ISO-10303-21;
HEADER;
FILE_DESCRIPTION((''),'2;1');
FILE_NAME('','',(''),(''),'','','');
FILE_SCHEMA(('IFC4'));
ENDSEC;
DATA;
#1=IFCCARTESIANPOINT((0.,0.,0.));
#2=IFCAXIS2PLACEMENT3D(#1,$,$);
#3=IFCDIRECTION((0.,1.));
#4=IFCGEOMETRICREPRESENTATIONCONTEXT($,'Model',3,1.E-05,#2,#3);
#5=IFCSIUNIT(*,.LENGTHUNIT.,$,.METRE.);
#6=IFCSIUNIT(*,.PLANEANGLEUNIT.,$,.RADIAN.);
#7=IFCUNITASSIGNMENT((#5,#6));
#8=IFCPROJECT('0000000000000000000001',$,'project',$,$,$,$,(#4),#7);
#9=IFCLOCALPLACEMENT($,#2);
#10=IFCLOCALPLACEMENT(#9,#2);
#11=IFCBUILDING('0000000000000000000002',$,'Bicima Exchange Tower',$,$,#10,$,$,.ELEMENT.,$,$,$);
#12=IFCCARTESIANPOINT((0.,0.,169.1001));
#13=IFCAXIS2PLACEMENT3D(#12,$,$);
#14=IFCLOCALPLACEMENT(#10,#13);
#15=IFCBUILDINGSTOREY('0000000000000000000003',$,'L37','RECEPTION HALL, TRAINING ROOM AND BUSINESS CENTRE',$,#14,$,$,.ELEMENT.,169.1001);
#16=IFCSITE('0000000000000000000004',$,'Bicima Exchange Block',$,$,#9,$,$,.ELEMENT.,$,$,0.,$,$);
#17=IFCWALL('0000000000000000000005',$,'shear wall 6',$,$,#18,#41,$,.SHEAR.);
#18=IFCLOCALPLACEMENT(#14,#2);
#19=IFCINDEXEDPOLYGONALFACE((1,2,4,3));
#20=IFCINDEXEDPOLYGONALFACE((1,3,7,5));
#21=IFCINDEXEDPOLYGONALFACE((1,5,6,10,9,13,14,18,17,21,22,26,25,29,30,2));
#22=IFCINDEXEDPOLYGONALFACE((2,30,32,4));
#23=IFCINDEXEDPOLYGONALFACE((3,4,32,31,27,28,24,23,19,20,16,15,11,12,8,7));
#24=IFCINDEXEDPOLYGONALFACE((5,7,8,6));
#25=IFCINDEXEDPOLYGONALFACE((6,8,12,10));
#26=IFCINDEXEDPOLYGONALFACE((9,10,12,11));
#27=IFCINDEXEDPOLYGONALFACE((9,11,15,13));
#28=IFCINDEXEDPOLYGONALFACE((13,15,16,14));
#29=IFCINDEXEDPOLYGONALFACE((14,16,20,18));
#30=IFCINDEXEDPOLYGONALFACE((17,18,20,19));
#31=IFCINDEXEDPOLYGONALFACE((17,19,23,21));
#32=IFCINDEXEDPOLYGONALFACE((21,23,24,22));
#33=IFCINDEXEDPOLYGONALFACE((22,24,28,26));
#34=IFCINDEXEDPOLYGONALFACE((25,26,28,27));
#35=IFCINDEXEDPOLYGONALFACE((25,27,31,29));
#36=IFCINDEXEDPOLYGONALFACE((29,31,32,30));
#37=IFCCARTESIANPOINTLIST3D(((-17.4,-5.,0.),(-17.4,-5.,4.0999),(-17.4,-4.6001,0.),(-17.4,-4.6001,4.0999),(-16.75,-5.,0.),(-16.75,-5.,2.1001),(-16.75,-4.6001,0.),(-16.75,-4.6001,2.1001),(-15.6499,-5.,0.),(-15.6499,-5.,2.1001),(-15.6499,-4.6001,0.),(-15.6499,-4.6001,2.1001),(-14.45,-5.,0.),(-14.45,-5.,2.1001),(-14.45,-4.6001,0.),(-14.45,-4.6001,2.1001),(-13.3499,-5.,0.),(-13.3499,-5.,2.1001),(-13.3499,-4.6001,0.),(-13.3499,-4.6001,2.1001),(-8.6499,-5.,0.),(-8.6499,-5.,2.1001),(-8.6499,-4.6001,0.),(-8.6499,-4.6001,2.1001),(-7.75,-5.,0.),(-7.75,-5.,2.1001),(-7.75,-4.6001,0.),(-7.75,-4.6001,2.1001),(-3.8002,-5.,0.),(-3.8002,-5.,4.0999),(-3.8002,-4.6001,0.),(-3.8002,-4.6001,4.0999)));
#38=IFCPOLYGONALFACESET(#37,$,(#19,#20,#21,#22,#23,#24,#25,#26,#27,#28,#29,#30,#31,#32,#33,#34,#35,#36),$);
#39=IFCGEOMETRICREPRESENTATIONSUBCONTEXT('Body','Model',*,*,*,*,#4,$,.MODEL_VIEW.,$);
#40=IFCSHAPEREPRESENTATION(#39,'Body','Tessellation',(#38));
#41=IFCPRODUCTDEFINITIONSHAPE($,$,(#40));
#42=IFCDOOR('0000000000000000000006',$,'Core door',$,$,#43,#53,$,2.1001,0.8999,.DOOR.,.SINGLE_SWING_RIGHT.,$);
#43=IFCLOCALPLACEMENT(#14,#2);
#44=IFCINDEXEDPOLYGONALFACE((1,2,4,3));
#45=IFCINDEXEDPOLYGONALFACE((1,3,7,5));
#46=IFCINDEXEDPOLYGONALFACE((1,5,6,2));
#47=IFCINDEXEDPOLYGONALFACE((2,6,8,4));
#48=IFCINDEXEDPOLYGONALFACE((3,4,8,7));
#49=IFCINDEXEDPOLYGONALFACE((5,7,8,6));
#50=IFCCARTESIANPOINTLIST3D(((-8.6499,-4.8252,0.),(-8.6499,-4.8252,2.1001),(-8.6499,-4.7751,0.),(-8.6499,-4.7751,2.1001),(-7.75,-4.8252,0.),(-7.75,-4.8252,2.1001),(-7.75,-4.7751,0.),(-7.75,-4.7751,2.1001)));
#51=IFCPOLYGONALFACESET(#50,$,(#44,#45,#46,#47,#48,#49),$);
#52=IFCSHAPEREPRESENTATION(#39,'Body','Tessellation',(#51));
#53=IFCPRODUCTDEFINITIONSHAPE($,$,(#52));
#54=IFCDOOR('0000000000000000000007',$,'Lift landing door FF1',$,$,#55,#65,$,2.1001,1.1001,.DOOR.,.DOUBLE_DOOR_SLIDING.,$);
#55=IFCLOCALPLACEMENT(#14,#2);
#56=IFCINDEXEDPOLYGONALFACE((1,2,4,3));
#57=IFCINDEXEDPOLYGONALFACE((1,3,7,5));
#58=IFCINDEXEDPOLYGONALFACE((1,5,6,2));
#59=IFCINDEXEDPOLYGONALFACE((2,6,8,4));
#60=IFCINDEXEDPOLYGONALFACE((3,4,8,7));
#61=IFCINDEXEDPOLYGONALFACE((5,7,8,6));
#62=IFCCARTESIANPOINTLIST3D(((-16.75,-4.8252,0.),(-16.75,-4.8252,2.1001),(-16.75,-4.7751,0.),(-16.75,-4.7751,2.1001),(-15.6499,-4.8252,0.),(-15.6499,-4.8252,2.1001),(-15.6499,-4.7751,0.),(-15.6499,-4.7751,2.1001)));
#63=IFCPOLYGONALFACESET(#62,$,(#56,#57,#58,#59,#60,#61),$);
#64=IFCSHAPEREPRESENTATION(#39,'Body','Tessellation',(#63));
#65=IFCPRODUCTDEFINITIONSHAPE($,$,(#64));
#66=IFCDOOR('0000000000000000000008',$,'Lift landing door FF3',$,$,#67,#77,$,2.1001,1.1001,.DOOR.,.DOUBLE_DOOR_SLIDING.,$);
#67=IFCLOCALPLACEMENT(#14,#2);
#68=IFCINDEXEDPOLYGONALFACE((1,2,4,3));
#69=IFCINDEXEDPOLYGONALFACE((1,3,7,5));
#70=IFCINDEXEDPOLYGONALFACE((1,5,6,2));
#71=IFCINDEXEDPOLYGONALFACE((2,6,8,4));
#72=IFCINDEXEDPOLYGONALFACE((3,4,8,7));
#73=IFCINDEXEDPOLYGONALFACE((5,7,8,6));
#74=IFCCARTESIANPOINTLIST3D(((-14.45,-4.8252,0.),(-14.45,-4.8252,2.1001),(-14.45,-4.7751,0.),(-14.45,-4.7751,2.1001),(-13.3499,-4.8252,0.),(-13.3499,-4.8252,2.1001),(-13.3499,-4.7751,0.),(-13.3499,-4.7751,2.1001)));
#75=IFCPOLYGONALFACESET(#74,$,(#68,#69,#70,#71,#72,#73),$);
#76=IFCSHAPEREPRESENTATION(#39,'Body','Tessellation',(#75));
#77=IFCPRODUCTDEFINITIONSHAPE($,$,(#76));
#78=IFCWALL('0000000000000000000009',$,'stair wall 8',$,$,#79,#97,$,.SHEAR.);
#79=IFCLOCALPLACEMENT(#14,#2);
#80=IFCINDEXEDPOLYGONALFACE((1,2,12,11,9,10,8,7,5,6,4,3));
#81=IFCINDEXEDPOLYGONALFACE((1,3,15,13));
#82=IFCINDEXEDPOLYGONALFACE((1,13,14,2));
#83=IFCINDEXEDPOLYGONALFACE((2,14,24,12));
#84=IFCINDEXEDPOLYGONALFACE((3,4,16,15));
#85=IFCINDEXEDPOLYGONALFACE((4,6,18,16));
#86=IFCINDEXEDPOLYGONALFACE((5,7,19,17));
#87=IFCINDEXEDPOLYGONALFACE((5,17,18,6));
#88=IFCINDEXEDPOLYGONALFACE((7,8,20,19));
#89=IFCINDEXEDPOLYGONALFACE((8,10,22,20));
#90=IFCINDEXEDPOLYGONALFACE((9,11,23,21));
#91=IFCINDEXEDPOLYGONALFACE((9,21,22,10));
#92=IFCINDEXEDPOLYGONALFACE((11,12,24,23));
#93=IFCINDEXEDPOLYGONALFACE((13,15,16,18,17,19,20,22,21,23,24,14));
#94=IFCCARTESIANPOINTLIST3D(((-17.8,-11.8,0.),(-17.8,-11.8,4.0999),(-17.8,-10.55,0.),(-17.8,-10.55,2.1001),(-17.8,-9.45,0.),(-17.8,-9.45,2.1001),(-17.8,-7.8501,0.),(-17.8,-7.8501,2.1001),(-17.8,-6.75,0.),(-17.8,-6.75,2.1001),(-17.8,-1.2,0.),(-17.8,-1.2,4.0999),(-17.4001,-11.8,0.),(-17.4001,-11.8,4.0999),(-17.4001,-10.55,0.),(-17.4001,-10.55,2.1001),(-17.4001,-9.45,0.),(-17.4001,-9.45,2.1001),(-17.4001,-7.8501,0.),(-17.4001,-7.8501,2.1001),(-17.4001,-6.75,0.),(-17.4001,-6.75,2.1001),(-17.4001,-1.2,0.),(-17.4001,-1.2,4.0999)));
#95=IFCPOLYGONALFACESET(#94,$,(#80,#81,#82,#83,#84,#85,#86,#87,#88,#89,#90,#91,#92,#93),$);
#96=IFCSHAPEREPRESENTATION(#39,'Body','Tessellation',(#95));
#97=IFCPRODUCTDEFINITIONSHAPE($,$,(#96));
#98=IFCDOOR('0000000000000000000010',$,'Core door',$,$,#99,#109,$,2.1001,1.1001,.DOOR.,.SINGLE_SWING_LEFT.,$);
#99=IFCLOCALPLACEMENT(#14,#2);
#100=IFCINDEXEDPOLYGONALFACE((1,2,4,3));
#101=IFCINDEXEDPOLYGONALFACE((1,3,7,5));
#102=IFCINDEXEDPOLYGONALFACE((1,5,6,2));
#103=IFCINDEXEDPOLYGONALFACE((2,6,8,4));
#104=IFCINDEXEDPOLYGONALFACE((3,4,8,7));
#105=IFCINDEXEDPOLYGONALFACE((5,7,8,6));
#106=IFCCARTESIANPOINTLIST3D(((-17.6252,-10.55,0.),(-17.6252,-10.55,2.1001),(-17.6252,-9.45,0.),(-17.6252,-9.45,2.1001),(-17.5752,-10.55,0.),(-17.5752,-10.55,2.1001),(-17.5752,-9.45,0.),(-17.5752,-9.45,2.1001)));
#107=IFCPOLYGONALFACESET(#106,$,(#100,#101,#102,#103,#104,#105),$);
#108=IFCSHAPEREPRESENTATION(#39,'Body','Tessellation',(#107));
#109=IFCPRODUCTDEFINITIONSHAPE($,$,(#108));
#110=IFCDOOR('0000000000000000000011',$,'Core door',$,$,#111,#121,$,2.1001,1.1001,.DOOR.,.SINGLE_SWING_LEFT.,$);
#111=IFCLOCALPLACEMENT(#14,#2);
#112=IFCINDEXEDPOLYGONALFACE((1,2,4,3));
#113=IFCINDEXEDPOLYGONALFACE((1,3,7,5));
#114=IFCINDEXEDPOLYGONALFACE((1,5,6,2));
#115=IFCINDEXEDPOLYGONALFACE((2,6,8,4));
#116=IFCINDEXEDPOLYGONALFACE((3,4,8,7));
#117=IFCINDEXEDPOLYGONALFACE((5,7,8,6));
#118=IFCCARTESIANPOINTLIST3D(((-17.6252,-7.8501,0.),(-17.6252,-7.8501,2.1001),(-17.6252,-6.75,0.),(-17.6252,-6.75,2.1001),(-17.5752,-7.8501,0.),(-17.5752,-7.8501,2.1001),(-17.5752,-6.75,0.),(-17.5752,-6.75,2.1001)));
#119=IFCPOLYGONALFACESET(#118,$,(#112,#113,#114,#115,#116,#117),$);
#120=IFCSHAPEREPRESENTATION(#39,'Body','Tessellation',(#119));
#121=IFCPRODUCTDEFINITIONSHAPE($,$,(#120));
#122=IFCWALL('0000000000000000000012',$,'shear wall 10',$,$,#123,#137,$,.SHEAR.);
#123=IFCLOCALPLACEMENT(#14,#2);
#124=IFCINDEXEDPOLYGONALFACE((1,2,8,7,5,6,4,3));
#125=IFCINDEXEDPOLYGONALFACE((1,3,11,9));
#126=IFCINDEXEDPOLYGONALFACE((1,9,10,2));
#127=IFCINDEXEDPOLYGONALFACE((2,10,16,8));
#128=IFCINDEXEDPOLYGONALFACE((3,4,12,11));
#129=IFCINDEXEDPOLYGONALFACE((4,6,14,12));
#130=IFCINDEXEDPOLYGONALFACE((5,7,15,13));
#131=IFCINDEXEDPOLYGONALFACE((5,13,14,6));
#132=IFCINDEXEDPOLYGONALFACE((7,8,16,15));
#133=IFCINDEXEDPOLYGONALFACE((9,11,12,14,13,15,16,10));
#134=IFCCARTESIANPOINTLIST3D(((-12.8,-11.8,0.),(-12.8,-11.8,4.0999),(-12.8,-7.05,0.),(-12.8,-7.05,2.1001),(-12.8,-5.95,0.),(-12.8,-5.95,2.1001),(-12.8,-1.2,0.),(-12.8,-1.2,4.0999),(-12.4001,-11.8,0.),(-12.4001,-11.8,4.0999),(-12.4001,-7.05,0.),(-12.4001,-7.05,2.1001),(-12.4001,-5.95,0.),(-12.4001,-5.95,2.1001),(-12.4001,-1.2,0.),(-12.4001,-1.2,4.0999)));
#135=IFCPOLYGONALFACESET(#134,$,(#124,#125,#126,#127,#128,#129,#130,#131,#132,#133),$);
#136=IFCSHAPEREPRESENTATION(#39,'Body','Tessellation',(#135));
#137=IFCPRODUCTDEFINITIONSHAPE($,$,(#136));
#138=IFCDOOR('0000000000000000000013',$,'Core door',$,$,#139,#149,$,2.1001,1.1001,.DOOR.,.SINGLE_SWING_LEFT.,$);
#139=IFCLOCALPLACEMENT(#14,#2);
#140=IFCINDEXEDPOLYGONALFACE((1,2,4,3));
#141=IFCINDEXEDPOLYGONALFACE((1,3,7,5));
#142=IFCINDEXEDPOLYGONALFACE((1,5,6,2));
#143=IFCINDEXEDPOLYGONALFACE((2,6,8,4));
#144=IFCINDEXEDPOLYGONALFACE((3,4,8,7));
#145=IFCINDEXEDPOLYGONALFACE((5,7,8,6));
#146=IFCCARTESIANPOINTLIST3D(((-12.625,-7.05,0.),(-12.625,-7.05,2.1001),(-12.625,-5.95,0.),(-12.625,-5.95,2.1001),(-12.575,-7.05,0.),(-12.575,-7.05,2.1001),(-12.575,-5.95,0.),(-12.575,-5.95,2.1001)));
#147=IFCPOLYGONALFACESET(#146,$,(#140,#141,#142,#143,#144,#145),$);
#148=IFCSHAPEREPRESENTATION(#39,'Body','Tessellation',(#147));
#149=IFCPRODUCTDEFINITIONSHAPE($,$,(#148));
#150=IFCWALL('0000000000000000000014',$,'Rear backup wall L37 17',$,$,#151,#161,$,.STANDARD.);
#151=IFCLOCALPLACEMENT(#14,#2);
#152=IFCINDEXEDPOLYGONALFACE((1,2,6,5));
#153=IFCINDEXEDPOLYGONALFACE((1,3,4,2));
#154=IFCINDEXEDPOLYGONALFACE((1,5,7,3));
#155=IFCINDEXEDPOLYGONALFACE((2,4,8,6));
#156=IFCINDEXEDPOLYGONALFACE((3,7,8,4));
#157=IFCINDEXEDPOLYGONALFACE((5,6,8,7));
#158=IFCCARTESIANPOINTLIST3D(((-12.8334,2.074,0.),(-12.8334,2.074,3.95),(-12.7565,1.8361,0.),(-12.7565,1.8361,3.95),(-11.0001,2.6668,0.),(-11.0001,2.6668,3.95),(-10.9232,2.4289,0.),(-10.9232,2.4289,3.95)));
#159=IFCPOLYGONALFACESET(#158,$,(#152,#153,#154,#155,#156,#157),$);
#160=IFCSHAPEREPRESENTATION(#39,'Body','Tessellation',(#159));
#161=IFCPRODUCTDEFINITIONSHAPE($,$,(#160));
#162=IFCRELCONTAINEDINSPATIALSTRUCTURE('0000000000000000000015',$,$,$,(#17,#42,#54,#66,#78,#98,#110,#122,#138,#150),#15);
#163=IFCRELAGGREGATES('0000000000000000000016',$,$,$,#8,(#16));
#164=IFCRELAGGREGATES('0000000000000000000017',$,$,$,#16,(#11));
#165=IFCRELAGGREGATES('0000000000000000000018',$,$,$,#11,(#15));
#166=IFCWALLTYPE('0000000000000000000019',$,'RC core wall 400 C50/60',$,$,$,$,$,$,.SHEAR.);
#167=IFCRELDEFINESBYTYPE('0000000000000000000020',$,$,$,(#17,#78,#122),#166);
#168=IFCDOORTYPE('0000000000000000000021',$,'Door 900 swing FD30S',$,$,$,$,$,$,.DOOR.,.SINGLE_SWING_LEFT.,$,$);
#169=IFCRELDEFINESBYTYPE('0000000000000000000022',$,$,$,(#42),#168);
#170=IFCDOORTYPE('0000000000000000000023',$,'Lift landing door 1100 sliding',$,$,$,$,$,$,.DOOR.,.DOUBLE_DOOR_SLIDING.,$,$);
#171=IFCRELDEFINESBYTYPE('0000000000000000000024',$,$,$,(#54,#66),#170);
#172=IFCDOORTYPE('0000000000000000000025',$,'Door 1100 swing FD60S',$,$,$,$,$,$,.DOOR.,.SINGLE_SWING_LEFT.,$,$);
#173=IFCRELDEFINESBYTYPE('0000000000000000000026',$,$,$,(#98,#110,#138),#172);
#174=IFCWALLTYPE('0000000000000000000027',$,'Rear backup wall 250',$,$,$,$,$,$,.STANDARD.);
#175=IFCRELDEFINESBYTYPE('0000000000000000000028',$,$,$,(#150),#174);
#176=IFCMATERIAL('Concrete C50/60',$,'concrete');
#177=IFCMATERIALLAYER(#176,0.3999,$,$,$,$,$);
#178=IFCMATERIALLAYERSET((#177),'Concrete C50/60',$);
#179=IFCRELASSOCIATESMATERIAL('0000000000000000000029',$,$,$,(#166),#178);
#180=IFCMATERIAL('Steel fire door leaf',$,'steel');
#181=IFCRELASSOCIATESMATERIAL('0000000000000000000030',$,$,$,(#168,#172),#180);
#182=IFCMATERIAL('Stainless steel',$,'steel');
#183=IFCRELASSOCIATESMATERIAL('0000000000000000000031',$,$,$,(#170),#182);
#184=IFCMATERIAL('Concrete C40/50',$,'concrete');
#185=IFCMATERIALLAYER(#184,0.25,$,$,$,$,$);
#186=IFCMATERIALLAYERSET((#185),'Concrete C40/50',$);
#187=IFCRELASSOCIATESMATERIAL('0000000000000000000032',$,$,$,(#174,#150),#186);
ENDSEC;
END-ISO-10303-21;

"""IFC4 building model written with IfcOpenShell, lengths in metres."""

from ifc_helpers import new_model, si_unit, direction, frame, frame_2d, origin, place, context, subcontext, project, spatial, rectangle, extrude, material, layer, layer_set, layer_usage, type_object, element, fill, save


model = new_model("IFC4")

# Units and contexts
model_context = context("Model", 3, precision=1e-05, world=origin(), true_north=direction((0.0, 1.0)))
body_context = subcontext(model_context, "Body", "Model", "MODEL_VIEW")
ifc_project = project(units=[si_unit("LENGTHUNIT", "METRE"), si_unit("PLANEANGLEUNIT", "RADIAN")], contexts=[model_context])

# Site, building, storey
site_placement = place(None, origin())
site = spatial("IfcSite", under=ifc_project, at=site_placement, Name="Bicima Exchange Block", CompositionType="ELEMENT", RefElevation=0.0)
building_placement = place(site_placement, origin())
building = spatial("IfcBuilding", under=site, at=building_placement, Name="Bicima Exchange Tower", CompositionType="ELEMENT")
storey_placement = place(building_placement, frame((0.0, 0.0, 169.1001)))
storey = spatial("IfcBuildingStorey", under=building, at=storey_placement, Name="L37", Description="RECEPTION HALL, TRAINING ROOM AND BUSINESS CENTRE", CompositionType="ELEMENT", Elevation=169.1001)

# Walls, openings, doors
ifc_material_1 = material(Name="Concrete C50/60", Category="concrete")
ifc_layer_1 = layer(ifc_material_1, 0.3999)
ifc_layer_set_1 = layer_set([ifc_layer_1], Name="Concrete C50/60")
wall_type_1 = type_object("IfcWallType", Name="RC core wall 400 C50/60", PredefinedType="SHEAR", material=ifc_layer_set_1)
ifc_material_2 = material(Name="Steel fire door leaf", Category="steel")
door_type_1 = type_object("IfcDoorType", Name="Door 900 swing FD30S", OperationType="SINGLE_SWING_LEFT", PredefinedType="DOOR", material=ifc_material_2)
ifc_material_3 = material(Name="Stainless steel", Category="steel")
wall_1_placement = place(storey_placement, frame((-17.3999, -4.8, 0.0), z_axis=(0.0, 0.0, 1.0), x_axis=(1.0, 0.0, 0.0)))
wall_1 = element("IfcWall", 1, at=wall_1_placement, inside=storey, type_object=wall_type_1, Name="shear wall 6", PredefinedType="SHEAR", context=body_context, shape_type="SweptSolid", body=[
    extrude(rectangle(XDim=13.5999, YDim=0.3999, at=frame_2d((6.7998, 0.0))), origin(), (0.0, 0.0, 1.0), 4.0999),
])
opening_1_placement = place(wall_1_placement, frame((0.6499, 0.0, 0.0)))
opening_1 = element("IfcOpeningElement", 2, at=opening_1_placement, cuts=wall_1, PredefinedType="OPENING", context=body_context, shape_type="SweptSolid", body=[
    extrude(rectangle(XDim=1.1001, YDim=2.1001, at=frame_2d((0.55, 1.05))), frame((0.0, 0.2119, 0.0), z_axis=(0.0, -1.0, 0.0), x_axis=(1.0, 0.0, 0.0)), (0.0, 0.0, 1.0), 0.4238),
])
opening_2_placement = place(wall_1_placement, frame((2.95, 0.0, 0.0)))
opening_2 = element("IfcOpeningElement", 3, at=opening_2_placement, cuts=wall_1, PredefinedType="OPENING", context=body_context, shape_type="SweptSolid", body=[
    extrude(rectangle(XDim=1.1001, YDim=2.1001, at=frame_2d((0.55, 1.05))), frame((0.0, 0.2119, 0.0), z_axis=(0.0, -1.0, 0.0), x_axis=(1.0, 0.0, 0.0)), (0.0, 0.0, 1.0), 0.4238),
])
opening_3_placement = place(wall_1_placement, frame((8.75, 0.0, 0.0)))
opening_3 = element("IfcOpeningElement", 4, at=opening_3_placement, cuts=wall_1, PredefinedType="OPENING", context=body_context, shape_type="SweptSolid", body=[
    extrude(rectangle(XDim=0.8999, YDim=2.1001, at=frame_2d((0.45, 1.05))), frame((0.0, 0.2119, 0.0), z_axis=(0.0, -1.0, 0.0), x_axis=(1.0, 0.0, 0.0)), (0.0, 0.0, 1.0), 0.4238),
])
door_1_placement = place(opening_3_placement, origin())
door_1 = element("IfcDoor", 5, at=door_1_placement, inside=storey, type_object=door_type_1, Name="Core door", OperationType="SINGLE_SWING_RIGHT", OverallHeight=2.1001, OverallWidth=0.8999, PredefinedType="DOOR", context=body_context, shape_type="SweptSolid", body=[
    extrude(rectangle(XDim=0.8999, YDim=2.1001, at=frame_2d((0.45, 1.05))), frame((0.0, 0.0249, 0.0), z_axis=(0.0, -1.0, 0.0), x_axis=(1.0, 0.0, 0.0)), (0.0, 0.0, 1.0), 0.05),
])
fill(opening_3, door_1)
door_type_2 = type_object("IfcDoorType", Name="Lift landing door 1100 sliding", OperationType="DOUBLE_DOOR_SLIDING", PredefinedType="DOOR", material=ifc_material_3)
door_2_placement = place(opening_1_placement, origin())
door_2 = element("IfcDoor", 6, at=door_2_placement, inside=storey, type_object=door_type_2, Name="Lift landing door FF1", OperationType="DOUBLE_DOOR_SLIDING", OverallHeight=2.1001, OverallWidth=1.1001, PredefinedType="DOOR", context=body_context, shape_type="SweptSolid", body=[
    extrude(rectangle(XDim=1.1001, YDim=2.1001, at=frame_2d((0.55, 1.05))), frame((0.0, 0.0249, 0.0), z_axis=(0.0, -1.0, 0.0), x_axis=(1.0, 0.0, 0.0)), (0.0, 0.0, 1.0), 0.05),
])
fill(opening_1, door_2)
door_3_placement = place(opening_2_placement, origin())
door_3 = element("IfcDoor", 7, at=door_3_placement, inside=storey, type_object=door_type_2, Name="Lift landing door FF3", OperationType="DOUBLE_DOOR_SLIDING", OverallHeight=2.1001, OverallWidth=1.1001, PredefinedType="DOOR", context=body_context, shape_type="SweptSolid", body=[
    extrude(rectangle(XDim=1.1001, YDim=2.1001, at=frame_2d((0.55, 1.05))), frame((0.0, 0.0249, 0.0), z_axis=(0.0, -1.0, 0.0), x_axis=(1.0, 0.0, 0.0)), (0.0, 0.0, 1.0), 0.05),
])
fill(opening_2, door_3)
wall_2_placement = place(storey_placement, frame((-17.6001, -11.8, 0.0), z_axis=(0.0, 0.0, 1.0), x_axis=(0.0, 1.0, 0.0)))
wall_2 = element("IfcWall", 8, at=wall_2_placement, inside=storey, type_object=wall_type_1, Name="stair wall 8", PredefinedType="SHEAR", context=body_context, shape_type="SweptSolid", body=[
    extrude(rectangle(XDim=10.6001, YDim=0.3999, at=frame_2d((5.3, 0.0))), origin(), (0.0, 0.0, 1.0), 4.0999),
])
opening_4_placement = place(wall_2_placement, frame((1.25, 0.0, 0.0)))
opening_4 = element("IfcOpeningElement", 9, at=opening_4_placement, cuts=wall_2, PredefinedType="OPENING", context=body_context, shape_type="SweptSolid", body=[
    extrude(rectangle(XDim=1.1001, YDim=2.1001, at=frame_2d((0.55, 1.05))), frame((0.0, 0.2119, 0.0), z_axis=(0.0, -1.0, 0.0), x_axis=(1.0, 0.0, 0.0)), (0.0, 0.0, 1.0), 0.4238),
])
opening_5_placement = place(wall_2_placement, frame((3.95, 0.0, 0.0)))
opening_5 = element("IfcOpeningElement", 10, at=opening_5_placement, cuts=wall_2, PredefinedType="OPENING", context=body_context, shape_type="SweptSolid", body=[
    extrude(rectangle(XDim=1.1001, YDim=2.1001, at=frame_2d((0.55, 1.05))), frame((0.0, 0.2119, 0.0), z_axis=(0.0, -1.0, 0.0), x_axis=(1.0, 0.0, 0.0)), (0.0, 0.0, 1.0), 0.4238),
])
door_type_3 = type_object("IfcDoorType", Name="Door 1100 swing FD60S", OperationType="SINGLE_SWING_LEFT", PredefinedType="DOOR", material=ifc_material_2)
door_4_placement = place(opening_4_placement, frame((1.1001, 0.0, 0.0), z_axis=(0.0, 0.0, 1.0), x_axis=(-1.0, 0.0, 0.0)))
door_4 = element("IfcDoor", 11, at=door_4_placement, inside=storey, type_object=door_type_3, Name="Core door", OperationType="SINGLE_SWING_LEFT", OverallHeight=2.1001, OverallWidth=1.1001, PredefinedType="DOOR", context=body_context, shape_type="SweptSolid", body=[
    extrude(rectangle(XDim=1.1001, YDim=2.1001, at=frame_2d((0.55, 1.05))), frame((0.0, 0.0249, 0.0), z_axis=(0.0, -1.0, 0.0), x_axis=(1.0, 0.0, 0.0)), (0.0, 0.0, 1.0), 0.05),
])
fill(opening_4, door_4)
door_5_placement = place(opening_5_placement, frame((1.1001, 0.0, 0.0), z_axis=(0.0, 0.0, 1.0), x_axis=(-1.0, 0.0, 0.0)))
door_5 = element("IfcDoor", 12, at=door_5_placement, inside=storey, type_object=door_type_3, Name="Core door", OperationType="SINGLE_SWING_LEFT", OverallHeight=2.1001, OverallWidth=1.1001, PredefinedType="DOOR", context=body_context, shape_type="SweptSolid", body=[
    extrude(rectangle(XDim=1.1001, YDim=2.1001, at=frame_2d((0.55, 1.05))), frame((0.0, 0.0249, 0.0), z_axis=(0.0, -1.0, 0.0), x_axis=(1.0, 0.0, 0.0)), (0.0, 0.0, 1.0), 0.05),
])
fill(opening_5, door_5)

# Wall, opening, door
wall_3_placement = place(storey_placement, frame((-12.6001, -11.8, 0.0), z_axis=(0.0, 0.0, 1.0), x_axis=(0.0, 1.0, 0.0)))
wall_3 = element("IfcWall", 13, at=wall_3_placement, inside=storey, type_object=wall_type_1, Name="shear wall 10", PredefinedType="SHEAR", context=body_context, shape_type="SweptSolid", body=[
    extrude(rectangle(XDim=10.6001, YDim=0.3999, at=frame_2d((5.3, 0.0))), origin(), (0.0, 0.0, 1.0), 4.0999),
])
opening_6_placement = place(wall_3_placement, frame((4.75, 0.0, 0.0)))
opening_6 = element("IfcOpeningElement", 14, at=opening_6_placement, cuts=wall_3, PredefinedType="OPENING", context=body_context, shape_type="SweptSolid", body=[
    extrude(rectangle(XDim=1.1001, YDim=2.1001, at=frame_2d((0.55, 1.05))), frame((0.0, 0.2119, 0.0), z_axis=(0.0, -1.0, 0.0), x_axis=(1.0, 0.0, 0.0)), (0.0, 0.0, 1.0), 0.4238),
])
door_6_placement = place(opening_6_placement, origin())
door_6 = element("IfcDoor", 15, at=door_6_placement, inside=storey, type_object=door_type_3, Name="Core door", OperationType="SINGLE_SWING_LEFT", OverallHeight=2.1001, OverallWidth=1.1001, PredefinedType="DOOR", context=body_context, shape_type="SweptSolid", body=[
    extrude(rectangle(XDim=1.1001, YDim=2.1001, at=frame_2d((0.55, 1.05))), frame((0.0, 0.0249, 0.0), z_axis=(0.0, -1.0, 0.0), x_axis=(1.0, 0.0, 0.0)), (0.0, 0.0, 1.0), 0.05),
])
fill(opening_6, door_6)

# Wall
ifc_material_4 = material(Name="Concrete C40/50", Category="concrete")
ifc_layer_2 = layer(ifc_material_4, 0.25)
ifc_layer_set_2 = layer_set([ifc_layer_2], Name="Concrete C40/50")
ifc_layer_usage = layer_usage(ifc_layer_set_2, "AXIS2", "POSITIVE", -0.125)
wall_type_2 = type_object("IfcWallType", Name="Rear backup wall 250", PredefinedType="STANDARD", material=ifc_layer_set_2)
wall_4_placement = place(storey_placement, frame((-10.9617, 2.5479, 0.0), z_axis=(0.0, 0.0, 1.0), x_axis=(-0.951496, -0.307662, 0.0)))
element("IfcWall", 16, at=wall_4_placement, inside=storey, type_object=wall_type_2, material=ifc_layer_usage, Name="Rear backup wall L37 17", PredefinedType="STANDARD", context=body_context, shape_type="SweptSolid", body=[
    extrude(rectangle(XDim=1.9268, YDim=0.25, at=frame_2d((0.9634, 0.0))), origin(), (0.0, 0.0, 1.0), 3.95),
])

save(model, "model.ifc")
